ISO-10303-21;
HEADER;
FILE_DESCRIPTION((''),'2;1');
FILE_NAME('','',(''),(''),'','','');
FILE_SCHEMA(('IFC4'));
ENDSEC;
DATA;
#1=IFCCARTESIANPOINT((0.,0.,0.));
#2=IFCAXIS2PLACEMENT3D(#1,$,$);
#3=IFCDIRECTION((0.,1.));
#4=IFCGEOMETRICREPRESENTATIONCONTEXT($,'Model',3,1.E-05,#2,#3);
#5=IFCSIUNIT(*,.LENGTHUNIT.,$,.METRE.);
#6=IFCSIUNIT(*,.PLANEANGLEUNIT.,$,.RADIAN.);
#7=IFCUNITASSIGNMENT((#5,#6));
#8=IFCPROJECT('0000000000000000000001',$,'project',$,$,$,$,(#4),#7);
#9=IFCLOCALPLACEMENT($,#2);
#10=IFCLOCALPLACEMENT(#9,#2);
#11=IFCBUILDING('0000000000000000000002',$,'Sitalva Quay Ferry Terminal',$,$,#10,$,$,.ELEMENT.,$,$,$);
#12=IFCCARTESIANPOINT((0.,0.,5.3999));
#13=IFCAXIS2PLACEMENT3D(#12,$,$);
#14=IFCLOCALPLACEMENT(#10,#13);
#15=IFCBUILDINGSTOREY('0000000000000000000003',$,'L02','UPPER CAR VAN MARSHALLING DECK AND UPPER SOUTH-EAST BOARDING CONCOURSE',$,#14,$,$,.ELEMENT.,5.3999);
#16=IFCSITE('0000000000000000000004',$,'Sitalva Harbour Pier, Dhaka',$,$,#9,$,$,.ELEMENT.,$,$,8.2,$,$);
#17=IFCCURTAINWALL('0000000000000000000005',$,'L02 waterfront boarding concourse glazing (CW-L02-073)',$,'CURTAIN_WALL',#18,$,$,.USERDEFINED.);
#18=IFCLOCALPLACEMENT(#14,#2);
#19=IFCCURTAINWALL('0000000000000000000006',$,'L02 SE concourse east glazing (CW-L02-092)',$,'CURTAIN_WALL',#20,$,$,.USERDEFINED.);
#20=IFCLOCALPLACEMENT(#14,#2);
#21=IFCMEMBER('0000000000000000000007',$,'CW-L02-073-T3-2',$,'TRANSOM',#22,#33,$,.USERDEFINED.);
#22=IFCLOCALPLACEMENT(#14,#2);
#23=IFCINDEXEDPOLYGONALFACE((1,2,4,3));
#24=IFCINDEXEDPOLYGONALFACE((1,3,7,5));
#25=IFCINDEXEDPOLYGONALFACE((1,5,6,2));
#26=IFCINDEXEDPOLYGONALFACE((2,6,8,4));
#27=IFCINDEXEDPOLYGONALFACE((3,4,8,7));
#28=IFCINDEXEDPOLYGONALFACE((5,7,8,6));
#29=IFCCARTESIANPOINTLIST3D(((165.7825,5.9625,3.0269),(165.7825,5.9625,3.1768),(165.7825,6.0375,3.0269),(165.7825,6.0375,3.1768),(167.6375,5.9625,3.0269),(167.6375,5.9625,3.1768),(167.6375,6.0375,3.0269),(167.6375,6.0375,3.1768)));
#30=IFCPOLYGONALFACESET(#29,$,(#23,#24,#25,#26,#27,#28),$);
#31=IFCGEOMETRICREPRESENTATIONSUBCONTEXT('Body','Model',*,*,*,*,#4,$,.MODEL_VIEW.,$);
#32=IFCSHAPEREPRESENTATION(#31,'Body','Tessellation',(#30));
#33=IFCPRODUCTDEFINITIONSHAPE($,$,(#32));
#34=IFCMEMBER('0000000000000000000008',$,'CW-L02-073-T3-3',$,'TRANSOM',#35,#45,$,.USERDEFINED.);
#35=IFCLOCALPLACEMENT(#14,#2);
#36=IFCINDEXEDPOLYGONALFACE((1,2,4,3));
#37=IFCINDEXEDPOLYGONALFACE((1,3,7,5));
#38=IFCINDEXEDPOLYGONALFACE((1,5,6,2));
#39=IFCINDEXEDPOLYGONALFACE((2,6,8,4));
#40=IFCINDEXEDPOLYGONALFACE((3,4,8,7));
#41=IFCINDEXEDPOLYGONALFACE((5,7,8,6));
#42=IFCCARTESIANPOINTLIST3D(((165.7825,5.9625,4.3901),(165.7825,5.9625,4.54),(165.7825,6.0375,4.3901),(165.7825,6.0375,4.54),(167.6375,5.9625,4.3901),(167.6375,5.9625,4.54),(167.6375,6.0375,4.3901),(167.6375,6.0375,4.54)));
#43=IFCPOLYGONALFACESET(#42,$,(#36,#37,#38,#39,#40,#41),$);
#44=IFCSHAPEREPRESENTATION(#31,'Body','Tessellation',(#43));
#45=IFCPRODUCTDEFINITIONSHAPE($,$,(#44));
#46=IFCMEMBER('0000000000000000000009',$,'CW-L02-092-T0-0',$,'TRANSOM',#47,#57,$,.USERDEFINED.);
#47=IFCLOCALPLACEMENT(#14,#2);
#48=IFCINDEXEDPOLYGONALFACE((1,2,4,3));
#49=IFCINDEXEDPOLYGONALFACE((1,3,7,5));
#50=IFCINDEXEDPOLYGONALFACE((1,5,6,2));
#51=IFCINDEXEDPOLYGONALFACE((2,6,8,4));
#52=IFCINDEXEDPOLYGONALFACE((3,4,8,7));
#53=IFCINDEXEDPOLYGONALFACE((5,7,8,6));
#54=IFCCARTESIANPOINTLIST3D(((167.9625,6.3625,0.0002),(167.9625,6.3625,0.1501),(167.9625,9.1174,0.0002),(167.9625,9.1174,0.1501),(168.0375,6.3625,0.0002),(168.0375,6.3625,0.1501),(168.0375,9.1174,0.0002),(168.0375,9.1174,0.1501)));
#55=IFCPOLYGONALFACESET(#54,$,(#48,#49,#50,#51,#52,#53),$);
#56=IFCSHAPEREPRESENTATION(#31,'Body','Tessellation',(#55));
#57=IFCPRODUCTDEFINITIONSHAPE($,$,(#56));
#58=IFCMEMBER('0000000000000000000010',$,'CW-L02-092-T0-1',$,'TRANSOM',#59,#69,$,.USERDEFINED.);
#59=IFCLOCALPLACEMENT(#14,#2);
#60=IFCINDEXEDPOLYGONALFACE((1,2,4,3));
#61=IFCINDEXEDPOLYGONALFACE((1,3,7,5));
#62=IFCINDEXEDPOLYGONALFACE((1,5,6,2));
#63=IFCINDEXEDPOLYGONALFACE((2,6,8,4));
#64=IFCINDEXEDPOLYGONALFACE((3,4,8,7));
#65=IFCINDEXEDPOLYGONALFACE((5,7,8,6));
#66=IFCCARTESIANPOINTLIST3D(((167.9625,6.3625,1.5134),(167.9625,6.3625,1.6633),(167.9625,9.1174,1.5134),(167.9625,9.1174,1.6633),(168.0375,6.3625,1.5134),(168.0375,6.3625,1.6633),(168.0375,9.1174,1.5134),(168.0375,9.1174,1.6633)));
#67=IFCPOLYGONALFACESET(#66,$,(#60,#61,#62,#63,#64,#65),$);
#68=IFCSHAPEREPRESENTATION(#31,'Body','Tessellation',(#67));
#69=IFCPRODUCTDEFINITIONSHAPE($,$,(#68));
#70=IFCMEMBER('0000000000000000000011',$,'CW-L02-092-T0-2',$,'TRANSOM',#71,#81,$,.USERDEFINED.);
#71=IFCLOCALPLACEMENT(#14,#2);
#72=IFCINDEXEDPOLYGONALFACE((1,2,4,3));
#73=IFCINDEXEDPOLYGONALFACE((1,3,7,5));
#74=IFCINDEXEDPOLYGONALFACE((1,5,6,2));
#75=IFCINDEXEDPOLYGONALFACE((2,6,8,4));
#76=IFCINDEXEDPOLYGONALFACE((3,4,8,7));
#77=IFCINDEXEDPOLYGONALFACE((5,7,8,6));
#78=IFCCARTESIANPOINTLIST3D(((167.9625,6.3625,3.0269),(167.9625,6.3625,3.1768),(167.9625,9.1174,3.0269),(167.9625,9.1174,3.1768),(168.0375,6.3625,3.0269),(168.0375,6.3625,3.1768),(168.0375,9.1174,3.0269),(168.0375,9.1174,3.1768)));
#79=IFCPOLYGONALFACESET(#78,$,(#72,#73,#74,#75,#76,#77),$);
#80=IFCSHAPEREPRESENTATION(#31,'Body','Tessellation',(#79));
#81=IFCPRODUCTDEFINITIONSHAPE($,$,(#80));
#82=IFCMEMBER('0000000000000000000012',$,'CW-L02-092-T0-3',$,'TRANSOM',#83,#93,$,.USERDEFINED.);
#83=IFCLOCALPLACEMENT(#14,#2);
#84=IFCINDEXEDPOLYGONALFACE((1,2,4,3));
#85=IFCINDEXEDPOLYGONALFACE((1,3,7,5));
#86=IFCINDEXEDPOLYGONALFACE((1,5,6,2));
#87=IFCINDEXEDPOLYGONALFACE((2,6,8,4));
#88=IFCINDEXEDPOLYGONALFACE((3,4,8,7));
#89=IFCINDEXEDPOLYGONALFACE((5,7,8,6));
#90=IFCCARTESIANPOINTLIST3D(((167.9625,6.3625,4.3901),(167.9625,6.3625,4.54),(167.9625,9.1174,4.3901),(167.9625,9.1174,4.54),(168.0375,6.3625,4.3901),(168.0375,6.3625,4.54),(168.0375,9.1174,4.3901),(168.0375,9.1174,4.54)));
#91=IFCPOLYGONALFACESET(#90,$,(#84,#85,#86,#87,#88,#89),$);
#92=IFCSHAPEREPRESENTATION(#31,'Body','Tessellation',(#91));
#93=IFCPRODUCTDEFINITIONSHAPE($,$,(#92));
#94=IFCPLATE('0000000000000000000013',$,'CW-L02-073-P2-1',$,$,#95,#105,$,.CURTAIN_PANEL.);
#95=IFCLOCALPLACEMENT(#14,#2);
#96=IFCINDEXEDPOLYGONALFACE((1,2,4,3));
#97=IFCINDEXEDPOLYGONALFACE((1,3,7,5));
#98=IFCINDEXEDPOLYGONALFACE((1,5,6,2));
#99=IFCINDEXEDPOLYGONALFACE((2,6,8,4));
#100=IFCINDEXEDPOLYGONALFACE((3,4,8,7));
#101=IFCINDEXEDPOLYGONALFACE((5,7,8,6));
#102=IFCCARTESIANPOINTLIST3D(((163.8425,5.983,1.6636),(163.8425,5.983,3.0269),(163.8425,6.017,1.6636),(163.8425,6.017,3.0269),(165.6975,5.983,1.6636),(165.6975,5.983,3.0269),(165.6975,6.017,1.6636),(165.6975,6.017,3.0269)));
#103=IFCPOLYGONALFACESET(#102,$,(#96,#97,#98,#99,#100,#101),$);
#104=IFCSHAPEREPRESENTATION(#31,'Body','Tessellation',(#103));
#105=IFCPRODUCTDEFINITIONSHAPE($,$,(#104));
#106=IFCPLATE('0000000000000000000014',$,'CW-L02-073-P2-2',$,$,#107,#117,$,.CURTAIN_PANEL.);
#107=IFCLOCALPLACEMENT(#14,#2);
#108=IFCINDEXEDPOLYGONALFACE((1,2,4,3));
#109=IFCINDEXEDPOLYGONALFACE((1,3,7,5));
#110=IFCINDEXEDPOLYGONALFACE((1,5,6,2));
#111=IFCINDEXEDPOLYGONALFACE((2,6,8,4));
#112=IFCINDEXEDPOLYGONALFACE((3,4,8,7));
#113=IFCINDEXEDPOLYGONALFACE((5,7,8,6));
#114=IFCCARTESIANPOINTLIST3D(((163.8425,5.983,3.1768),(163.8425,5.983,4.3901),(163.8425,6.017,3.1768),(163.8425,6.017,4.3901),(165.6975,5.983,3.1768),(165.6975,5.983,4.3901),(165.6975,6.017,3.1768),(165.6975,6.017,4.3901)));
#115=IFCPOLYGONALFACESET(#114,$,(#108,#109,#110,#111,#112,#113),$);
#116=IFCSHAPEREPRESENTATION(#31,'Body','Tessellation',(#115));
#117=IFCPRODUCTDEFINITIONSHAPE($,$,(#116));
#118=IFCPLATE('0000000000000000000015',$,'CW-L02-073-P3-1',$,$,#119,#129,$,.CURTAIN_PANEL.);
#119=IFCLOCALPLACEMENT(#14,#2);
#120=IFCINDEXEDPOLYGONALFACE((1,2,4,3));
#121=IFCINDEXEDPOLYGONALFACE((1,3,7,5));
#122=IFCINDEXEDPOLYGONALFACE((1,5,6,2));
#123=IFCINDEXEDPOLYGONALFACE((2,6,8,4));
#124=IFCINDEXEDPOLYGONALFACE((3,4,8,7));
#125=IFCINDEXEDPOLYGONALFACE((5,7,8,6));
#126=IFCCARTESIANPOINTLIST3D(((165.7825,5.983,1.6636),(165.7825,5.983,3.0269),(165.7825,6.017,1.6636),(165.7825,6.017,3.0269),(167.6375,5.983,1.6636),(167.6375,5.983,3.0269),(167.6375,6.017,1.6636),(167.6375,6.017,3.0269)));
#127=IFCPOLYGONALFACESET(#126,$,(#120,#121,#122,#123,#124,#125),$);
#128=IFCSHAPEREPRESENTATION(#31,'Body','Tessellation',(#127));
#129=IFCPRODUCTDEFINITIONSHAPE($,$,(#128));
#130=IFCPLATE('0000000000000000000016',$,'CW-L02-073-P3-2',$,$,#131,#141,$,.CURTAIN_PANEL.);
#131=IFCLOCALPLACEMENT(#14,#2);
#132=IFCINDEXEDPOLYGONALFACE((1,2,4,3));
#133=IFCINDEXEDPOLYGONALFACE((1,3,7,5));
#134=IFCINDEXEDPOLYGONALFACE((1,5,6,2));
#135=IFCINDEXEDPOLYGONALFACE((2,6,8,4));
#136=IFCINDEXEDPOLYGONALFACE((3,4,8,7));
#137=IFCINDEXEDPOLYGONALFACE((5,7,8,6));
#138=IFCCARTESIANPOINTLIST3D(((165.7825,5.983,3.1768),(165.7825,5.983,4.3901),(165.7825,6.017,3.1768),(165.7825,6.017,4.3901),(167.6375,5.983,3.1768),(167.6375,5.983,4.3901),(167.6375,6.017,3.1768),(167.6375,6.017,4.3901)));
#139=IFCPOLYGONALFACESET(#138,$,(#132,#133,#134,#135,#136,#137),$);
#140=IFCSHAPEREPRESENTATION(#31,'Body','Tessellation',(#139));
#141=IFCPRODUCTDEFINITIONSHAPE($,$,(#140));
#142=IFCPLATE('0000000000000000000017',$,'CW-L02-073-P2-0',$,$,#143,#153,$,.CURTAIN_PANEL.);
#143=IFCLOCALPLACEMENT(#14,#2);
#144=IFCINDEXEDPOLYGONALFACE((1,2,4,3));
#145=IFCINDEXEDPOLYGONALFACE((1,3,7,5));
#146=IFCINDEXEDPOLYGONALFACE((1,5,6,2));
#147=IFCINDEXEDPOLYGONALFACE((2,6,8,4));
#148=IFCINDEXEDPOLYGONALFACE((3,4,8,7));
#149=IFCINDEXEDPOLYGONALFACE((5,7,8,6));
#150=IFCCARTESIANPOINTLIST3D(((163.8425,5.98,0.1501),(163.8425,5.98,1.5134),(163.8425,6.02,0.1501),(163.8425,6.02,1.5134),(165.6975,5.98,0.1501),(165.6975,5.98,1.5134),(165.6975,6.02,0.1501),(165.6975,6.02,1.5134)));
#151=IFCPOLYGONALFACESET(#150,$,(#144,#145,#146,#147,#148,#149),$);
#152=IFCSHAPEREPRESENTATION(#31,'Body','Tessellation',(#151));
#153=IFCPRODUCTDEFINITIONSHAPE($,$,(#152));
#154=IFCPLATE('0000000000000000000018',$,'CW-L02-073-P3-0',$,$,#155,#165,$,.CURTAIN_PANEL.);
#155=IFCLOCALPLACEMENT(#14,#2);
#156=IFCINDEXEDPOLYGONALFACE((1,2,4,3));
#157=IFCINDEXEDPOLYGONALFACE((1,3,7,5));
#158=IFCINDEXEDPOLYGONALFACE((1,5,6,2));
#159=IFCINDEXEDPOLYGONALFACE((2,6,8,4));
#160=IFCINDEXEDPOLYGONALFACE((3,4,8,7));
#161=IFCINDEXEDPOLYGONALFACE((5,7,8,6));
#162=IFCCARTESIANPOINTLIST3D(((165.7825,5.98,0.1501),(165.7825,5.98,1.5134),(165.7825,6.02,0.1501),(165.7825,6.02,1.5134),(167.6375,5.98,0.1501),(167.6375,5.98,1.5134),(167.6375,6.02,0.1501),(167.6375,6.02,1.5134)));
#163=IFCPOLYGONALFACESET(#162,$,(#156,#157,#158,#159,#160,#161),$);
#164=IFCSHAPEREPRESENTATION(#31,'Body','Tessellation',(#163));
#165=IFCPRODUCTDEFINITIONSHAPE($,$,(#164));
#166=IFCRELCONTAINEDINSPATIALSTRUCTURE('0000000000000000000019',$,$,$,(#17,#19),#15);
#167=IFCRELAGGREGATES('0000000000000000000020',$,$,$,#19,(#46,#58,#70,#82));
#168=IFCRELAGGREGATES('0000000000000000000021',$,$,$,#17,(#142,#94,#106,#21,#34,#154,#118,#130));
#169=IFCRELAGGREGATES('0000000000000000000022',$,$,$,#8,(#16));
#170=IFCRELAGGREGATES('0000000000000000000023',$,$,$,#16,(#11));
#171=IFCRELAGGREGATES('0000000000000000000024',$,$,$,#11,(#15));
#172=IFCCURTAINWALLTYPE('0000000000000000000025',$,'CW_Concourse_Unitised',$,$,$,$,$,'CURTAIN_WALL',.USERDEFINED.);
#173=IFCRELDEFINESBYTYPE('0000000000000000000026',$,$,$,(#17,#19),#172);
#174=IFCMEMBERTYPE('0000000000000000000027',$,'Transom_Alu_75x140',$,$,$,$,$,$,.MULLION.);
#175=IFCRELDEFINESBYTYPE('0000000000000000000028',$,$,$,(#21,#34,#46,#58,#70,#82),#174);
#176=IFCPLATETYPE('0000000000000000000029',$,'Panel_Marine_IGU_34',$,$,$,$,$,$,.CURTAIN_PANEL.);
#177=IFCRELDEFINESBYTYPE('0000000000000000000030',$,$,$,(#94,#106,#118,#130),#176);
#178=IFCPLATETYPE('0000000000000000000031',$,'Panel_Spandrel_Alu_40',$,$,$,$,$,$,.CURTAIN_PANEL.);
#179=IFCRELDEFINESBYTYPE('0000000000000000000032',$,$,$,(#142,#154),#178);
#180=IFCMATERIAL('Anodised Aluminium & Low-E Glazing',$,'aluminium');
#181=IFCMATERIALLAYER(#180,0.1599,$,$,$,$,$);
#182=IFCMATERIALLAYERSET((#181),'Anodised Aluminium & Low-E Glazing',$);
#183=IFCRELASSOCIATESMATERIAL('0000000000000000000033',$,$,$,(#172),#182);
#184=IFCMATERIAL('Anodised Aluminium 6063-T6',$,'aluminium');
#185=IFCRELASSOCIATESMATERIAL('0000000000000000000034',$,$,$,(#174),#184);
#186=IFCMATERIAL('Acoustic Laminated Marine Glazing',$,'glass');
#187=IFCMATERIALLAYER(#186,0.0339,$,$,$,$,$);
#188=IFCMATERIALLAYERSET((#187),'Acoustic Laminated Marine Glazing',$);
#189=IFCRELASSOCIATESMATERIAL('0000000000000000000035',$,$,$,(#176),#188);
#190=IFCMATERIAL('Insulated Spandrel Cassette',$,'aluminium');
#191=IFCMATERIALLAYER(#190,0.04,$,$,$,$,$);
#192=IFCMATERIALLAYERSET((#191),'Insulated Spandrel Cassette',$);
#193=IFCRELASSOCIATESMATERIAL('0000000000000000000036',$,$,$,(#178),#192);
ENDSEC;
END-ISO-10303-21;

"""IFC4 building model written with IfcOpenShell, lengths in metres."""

from ifc_helpers import new_model, si_unit, direction, frame, origin, origin_2d, place, context, subcontext, project, spatial, rectangle, extrude, material, layer, layer_set, material_profile, profile_set, type_object, element, aggregate, save


model = new_model("IFC4")

# Units and contexts
model_context = context("Model", 3, precision=1e-05, world=origin(), true_north=direction((0.0, 1.0)))
body_context = subcontext(model_context, "Body", "Model", "MODEL_VIEW")
ifc_project = project(units=[si_unit("LENGTHUNIT", "METRE"), si_unit("PLANEANGLEUNIT", "RADIAN")], contexts=[model_context])

# Site, building, storey
site_placement = place(None, origin())
site = spatial("IfcSite", under=ifc_project, at=site_placement, Name="Sitalva Harbour Pier, Dhaka", CompositionType="ELEMENT", RefElevation=8.2)
building_placement = place(site_placement, origin())
building = spatial("IfcBuilding", under=site, at=building_placement, Name="Sitalva Quay Ferry Terminal", CompositionType="ELEMENT")
storey_placement = place(building_placement, frame((0.0, 0.0, 5.3999)))
storey = spatial("IfcBuildingStorey", under=building, at=storey_placement, Name="L02", Description="UPPER CAR VAN MARSHALLING DECK AND UPPER SOUTH-EAST BOARDING CONCOURSE", CompositionType="ELEMENT", Elevation=5.3999)

# Curtain wall
ifc_material_1 = material(Name="Anodised Aluminium & Low-E Glazing", Category="aluminium")
ifc_layer_1 = layer(ifc_material_1, 0.1599)
ifc_layer_set_1 = layer_set([ifc_layer_1], Name="Anodised Aluminium & Low-E Glazing")
curtain_wall_type = type_object("IfcCurtainWallType", Name="CW_Concourse_Unitised", ElementType="CURTAIN_WALL", PredefinedType="USERDEFINED", material=ifc_layer_set_1)
curtain_wall_1_placement = place(storey_placement, origin())
curtain_wall_1 = element("IfcCurtainWall", 1, at=curtain_wall_1_placement, inside=storey, type_object=curtain_wall_type, Name="L02 waterfront boarding concourse glazing (CW-L02-073)", ObjectType="CURTAIN_WALL", PredefinedType="USERDEFINED")

# Curtain wall
curtain_wall_2_placement = place(storey_placement, origin())
curtain_wall_2 = element("IfcCurtainWall", 2, at=curtain_wall_2_placement, inside=storey, type_object=curtain_wall_type, Name="L02 SE concourse east glazing (CW-L02-092)", ObjectType="CURTAIN_WALL", PredefinedType="USERDEFINED")

# Members
ifc_material_2 = material(Name="Anodised Aluminium 6063-T6", Category="aluminium")
ifc_material_profile_1 = material_profile(ifc_material_2, rectangle(XDim=0.075, YDim=0.1499, at=origin_2d()), Name="ALU75x150")
ifc_profile_set_1 = profile_set([ifc_material_profile_1], Name="Anodised Aluminium 6063-T6")
member_type_1 = type_object("IfcMemberType", Name="Transom_Alu_75x140", PredefinedType="MULLION", material=ifc_profile_set_1)
member_1_placement = place(storey_placement, frame((165.7825, 6.0, 3.1018), z_axis=(1.0, 0.0, 0.0), x_axis=(0.0, 1.0, 0.0)))
member_1 = element("IfcMember", 3, at=member_1_placement, type_object=member_type_1, Name="CW-L02-073-T3-2", ObjectType="TRANSOM", PredefinedType="USERDEFINED", context=body_context, shape_type="SweptSolid", body=[
    extrude(rectangle(XDim=0.075, YDim=0.1499, at=origin_2d()), origin(), (0.0, 0.0, 1.0), 1.855),
])
member_2_placement = place(storey_placement, frame((165.7825, 6.0, 4.4651), z_axis=(1.0, 0.0, 0.0), x_axis=(0.0, 1.0, 0.0)))
member_2 = element("IfcMember", 4, at=member_2_placement, type_object=member_type_1, Name="CW-L02-073-T3-3", ObjectType="TRANSOM", PredefinedType="USERDEFINED", context=body_context, shape_type="SweptSolid", body=[
    extrude(rectangle(XDim=0.075, YDim=0.1499, at=origin_2d()), origin(), (0.0, 0.0, 1.0), 1.855),
])
member_3_placement = place(storey_placement, frame((168.0, 6.3625, 0.0752), z_axis=(0.0, 1.0, 0.0), x_axis=(-1.0, 0.0, 0.0)))
member_3 = element("IfcMember", 5, at=member_3_placement, type_object=member_type_1, Name="CW-L02-092-T0-0", ObjectType="TRANSOM", PredefinedType="USERDEFINED", context=body_context, shape_type="SweptSolid", body=[
    extrude(rectangle(XDim=0.075, YDim=0.1499, at=origin_2d()), origin(), (0.0, 0.0, 1.0), 2.7549),
])
member_4_placement = place(storey_placement, frame((168.0, 6.3625, 1.5884), z_axis=(0.0, 1.0, 0.0), x_axis=(-1.0, 0.0, 0.0)))
member_4 = element("IfcMember", 6, at=member_4_placement, type_object=member_type_1, Name="CW-L02-092-T0-1", ObjectType="TRANSOM", PredefinedType="USERDEFINED", context=body_context, shape_type="SweptSolid", body=[
    extrude(rectangle(XDim=0.075, YDim=0.1499, at=origin_2d()), origin(), (0.0, 0.0, 1.0), 2.7549),
])
member_5_placement = place(storey_placement, frame((168.0, 6.3625, 3.1018), z_axis=(0.0, 1.0, 0.0), x_axis=(-1.0, 0.0, 0.0)))
member_5 = element("IfcMember", 7, at=member_5_placement, type_object=member_type_1, Name="CW-L02-092-T0-2", ObjectType="TRANSOM", PredefinedType="USERDEFINED", context=body_context, shape_type="SweptSolid", body=[
    extrude(rectangle(XDim=0.075, YDim=0.1499, at=origin_2d()), origin(), (0.0, 0.0, 1.0), 2.7549),
])
member_6_placement = place(storey_placement, frame((168.0, 6.3625, 4.4651), z_axis=(0.0, 1.0, 0.0), x_axis=(-1.0, 0.0, 0.0)))
member_6 = element("IfcMember", 8, at=member_6_placement, type_object=member_type_1, Name="CW-L02-092-T0-3", ObjectType="TRANSOM", PredefinedType="USERDEFINED", context=body_context, shape_type="SweptSolid", body=[
    extrude(rectangle(XDim=0.075, YDim=0.1499, at=origin_2d()), origin(), (0.0, 0.0, 1.0), 2.7549),
])
aggregate(curtain_wall_2, [member_3, member_4, member_5, member_6])

# Plates
ifc_material_3 = material(Name="Acoustic Laminated Marine Glazing", Category="glass")
ifc_layer_2 = layer(ifc_material_3, 0.0339)
ifc_layer_set_2 = layer_set([ifc_layer_2], Name="Acoustic Laminated Marine Glazing")
plate_type_1 = type_object("IfcPlateType", Name="Panel_Marine_IGU_34", PredefinedType="CURTAIN_PANEL", material=ifc_layer_set_2)
plate_1_placement = place(storey_placement, frame((164.77, 6.0, 1.6636), z_axis=(0.0, 0.0, 1.0), x_axis=(1.0, 0.0, 0.0)))
plate_1 = element("IfcPlate", 9, at=plate_1_placement, type_object=plate_type_1, Name="CW-L02-073-P2-1", PredefinedType="CURTAIN_PANEL", context=body_context, shape_type="SweptSolid", body=[
    extrude(rectangle(XDim=1.855, YDim=0.0339, at=origin_2d()), origin(), (0.0, 0.0, 1.0), 1.3633),
])
plate_2_placement = place(storey_placement, frame((164.77, 6.0, 3.1768), z_axis=(0.0, 0.0, 1.0), x_axis=(1.0, 0.0, 0.0)))
plate_2 = element("IfcPlate", 10, at=plate_2_placement, type_object=plate_type_1, Name="CW-L02-073-P2-2", PredefinedType="CURTAIN_PANEL", context=body_context, shape_type="SweptSolid", body=[
    extrude(rectangle(XDim=1.855, YDim=0.0339, at=origin_2d()), origin(), (0.0, 0.0, 1.0), 1.2134),
])
plate_3_placement = place(storey_placement, frame((166.71, 6.0, 1.6636), z_axis=(0.0, 0.0, 1.0), x_axis=(1.0, 0.0, 0.0)))
plate_3 = element("IfcPlate", 11, at=plate_3_placement, type_object=plate_type_1, Name="CW-L02-073-P3-1", PredefinedType="CURTAIN_PANEL", context=body_context, shape_type="SweptSolid", body=[
    extrude(rectangle(XDim=1.855, YDim=0.0339, at=origin_2d()), origin(), (0.0, 0.0, 1.0), 1.3633),
])
plate_4_placement = place(storey_placement, frame((166.71, 6.0, 3.1768), z_axis=(0.0, 0.0, 1.0), x_axis=(1.0, 0.0, 0.0)))
plate_4 = element("IfcPlate", 12, at=plate_4_placement, type_object=plate_type_1, Name="CW-L02-073-P3-2", PredefinedType="CURTAIN_PANEL", context=body_context, shape_type="SweptSolid", body=[
    extrude(rectangle(XDim=1.855, YDim=0.0339, at=origin_2d()), origin(), (0.0, 0.0, 1.0), 1.2134),
])
ifc_material_4 = material(Name="Insulated Spandrel Cassette", Category="aluminium")
ifc_layer_3 = layer(ifc_material_4, 0.04)
ifc_layer_set_3 = layer_set([ifc_layer_3], Name="Insulated Spandrel Cassette")
plate_type_2 = type_object("IfcPlateType", Name="Panel_Spandrel_Alu_40", PredefinedType="CURTAIN_PANEL", material=ifc_layer_set_3)
plate_5_placement = place(storey_placement, frame((164.77, 6.0, 0.1501), z_axis=(0.0, 0.0, 1.0), x_axis=(1.0, 0.0, 0.0)))
plate_5 = element("IfcPlate", 13, at=plate_5_placement, type_object=plate_type_2, Name="CW-L02-073-P2-0", PredefinedType="CURTAIN_PANEL", context=body_context, shape_type="SweptSolid", body=[
    extrude(rectangle(XDim=1.855, YDim=0.04, at=origin_2d()), origin(), (0.0, 0.0, 1.0), 1.3633),
])
plate_6_placement = place(storey_placement, frame((166.71, 6.0, 0.1501), z_axis=(0.0, 0.0, 1.0), x_axis=(1.0, 0.0, 0.0)))
plate_6 = element("IfcPlate", 14, at=plate_6_placement, type_object=plate_type_2, Name="CW-L02-073-P3-0", PredefinedType="CURTAIN_PANEL", context=body_context, shape_type="SweptSolid", body=[
    extrude(rectangle(XDim=1.855, YDim=0.04, at=origin_2d()), origin(), (0.0, 0.0, 1.0), 1.3633),
])
aggregate(curtain_wall_1, [plate_5, plate_1, plate_2, member_1, member_2, plate_6, plate_3, plate_4])

save(model, "model.ifc")
